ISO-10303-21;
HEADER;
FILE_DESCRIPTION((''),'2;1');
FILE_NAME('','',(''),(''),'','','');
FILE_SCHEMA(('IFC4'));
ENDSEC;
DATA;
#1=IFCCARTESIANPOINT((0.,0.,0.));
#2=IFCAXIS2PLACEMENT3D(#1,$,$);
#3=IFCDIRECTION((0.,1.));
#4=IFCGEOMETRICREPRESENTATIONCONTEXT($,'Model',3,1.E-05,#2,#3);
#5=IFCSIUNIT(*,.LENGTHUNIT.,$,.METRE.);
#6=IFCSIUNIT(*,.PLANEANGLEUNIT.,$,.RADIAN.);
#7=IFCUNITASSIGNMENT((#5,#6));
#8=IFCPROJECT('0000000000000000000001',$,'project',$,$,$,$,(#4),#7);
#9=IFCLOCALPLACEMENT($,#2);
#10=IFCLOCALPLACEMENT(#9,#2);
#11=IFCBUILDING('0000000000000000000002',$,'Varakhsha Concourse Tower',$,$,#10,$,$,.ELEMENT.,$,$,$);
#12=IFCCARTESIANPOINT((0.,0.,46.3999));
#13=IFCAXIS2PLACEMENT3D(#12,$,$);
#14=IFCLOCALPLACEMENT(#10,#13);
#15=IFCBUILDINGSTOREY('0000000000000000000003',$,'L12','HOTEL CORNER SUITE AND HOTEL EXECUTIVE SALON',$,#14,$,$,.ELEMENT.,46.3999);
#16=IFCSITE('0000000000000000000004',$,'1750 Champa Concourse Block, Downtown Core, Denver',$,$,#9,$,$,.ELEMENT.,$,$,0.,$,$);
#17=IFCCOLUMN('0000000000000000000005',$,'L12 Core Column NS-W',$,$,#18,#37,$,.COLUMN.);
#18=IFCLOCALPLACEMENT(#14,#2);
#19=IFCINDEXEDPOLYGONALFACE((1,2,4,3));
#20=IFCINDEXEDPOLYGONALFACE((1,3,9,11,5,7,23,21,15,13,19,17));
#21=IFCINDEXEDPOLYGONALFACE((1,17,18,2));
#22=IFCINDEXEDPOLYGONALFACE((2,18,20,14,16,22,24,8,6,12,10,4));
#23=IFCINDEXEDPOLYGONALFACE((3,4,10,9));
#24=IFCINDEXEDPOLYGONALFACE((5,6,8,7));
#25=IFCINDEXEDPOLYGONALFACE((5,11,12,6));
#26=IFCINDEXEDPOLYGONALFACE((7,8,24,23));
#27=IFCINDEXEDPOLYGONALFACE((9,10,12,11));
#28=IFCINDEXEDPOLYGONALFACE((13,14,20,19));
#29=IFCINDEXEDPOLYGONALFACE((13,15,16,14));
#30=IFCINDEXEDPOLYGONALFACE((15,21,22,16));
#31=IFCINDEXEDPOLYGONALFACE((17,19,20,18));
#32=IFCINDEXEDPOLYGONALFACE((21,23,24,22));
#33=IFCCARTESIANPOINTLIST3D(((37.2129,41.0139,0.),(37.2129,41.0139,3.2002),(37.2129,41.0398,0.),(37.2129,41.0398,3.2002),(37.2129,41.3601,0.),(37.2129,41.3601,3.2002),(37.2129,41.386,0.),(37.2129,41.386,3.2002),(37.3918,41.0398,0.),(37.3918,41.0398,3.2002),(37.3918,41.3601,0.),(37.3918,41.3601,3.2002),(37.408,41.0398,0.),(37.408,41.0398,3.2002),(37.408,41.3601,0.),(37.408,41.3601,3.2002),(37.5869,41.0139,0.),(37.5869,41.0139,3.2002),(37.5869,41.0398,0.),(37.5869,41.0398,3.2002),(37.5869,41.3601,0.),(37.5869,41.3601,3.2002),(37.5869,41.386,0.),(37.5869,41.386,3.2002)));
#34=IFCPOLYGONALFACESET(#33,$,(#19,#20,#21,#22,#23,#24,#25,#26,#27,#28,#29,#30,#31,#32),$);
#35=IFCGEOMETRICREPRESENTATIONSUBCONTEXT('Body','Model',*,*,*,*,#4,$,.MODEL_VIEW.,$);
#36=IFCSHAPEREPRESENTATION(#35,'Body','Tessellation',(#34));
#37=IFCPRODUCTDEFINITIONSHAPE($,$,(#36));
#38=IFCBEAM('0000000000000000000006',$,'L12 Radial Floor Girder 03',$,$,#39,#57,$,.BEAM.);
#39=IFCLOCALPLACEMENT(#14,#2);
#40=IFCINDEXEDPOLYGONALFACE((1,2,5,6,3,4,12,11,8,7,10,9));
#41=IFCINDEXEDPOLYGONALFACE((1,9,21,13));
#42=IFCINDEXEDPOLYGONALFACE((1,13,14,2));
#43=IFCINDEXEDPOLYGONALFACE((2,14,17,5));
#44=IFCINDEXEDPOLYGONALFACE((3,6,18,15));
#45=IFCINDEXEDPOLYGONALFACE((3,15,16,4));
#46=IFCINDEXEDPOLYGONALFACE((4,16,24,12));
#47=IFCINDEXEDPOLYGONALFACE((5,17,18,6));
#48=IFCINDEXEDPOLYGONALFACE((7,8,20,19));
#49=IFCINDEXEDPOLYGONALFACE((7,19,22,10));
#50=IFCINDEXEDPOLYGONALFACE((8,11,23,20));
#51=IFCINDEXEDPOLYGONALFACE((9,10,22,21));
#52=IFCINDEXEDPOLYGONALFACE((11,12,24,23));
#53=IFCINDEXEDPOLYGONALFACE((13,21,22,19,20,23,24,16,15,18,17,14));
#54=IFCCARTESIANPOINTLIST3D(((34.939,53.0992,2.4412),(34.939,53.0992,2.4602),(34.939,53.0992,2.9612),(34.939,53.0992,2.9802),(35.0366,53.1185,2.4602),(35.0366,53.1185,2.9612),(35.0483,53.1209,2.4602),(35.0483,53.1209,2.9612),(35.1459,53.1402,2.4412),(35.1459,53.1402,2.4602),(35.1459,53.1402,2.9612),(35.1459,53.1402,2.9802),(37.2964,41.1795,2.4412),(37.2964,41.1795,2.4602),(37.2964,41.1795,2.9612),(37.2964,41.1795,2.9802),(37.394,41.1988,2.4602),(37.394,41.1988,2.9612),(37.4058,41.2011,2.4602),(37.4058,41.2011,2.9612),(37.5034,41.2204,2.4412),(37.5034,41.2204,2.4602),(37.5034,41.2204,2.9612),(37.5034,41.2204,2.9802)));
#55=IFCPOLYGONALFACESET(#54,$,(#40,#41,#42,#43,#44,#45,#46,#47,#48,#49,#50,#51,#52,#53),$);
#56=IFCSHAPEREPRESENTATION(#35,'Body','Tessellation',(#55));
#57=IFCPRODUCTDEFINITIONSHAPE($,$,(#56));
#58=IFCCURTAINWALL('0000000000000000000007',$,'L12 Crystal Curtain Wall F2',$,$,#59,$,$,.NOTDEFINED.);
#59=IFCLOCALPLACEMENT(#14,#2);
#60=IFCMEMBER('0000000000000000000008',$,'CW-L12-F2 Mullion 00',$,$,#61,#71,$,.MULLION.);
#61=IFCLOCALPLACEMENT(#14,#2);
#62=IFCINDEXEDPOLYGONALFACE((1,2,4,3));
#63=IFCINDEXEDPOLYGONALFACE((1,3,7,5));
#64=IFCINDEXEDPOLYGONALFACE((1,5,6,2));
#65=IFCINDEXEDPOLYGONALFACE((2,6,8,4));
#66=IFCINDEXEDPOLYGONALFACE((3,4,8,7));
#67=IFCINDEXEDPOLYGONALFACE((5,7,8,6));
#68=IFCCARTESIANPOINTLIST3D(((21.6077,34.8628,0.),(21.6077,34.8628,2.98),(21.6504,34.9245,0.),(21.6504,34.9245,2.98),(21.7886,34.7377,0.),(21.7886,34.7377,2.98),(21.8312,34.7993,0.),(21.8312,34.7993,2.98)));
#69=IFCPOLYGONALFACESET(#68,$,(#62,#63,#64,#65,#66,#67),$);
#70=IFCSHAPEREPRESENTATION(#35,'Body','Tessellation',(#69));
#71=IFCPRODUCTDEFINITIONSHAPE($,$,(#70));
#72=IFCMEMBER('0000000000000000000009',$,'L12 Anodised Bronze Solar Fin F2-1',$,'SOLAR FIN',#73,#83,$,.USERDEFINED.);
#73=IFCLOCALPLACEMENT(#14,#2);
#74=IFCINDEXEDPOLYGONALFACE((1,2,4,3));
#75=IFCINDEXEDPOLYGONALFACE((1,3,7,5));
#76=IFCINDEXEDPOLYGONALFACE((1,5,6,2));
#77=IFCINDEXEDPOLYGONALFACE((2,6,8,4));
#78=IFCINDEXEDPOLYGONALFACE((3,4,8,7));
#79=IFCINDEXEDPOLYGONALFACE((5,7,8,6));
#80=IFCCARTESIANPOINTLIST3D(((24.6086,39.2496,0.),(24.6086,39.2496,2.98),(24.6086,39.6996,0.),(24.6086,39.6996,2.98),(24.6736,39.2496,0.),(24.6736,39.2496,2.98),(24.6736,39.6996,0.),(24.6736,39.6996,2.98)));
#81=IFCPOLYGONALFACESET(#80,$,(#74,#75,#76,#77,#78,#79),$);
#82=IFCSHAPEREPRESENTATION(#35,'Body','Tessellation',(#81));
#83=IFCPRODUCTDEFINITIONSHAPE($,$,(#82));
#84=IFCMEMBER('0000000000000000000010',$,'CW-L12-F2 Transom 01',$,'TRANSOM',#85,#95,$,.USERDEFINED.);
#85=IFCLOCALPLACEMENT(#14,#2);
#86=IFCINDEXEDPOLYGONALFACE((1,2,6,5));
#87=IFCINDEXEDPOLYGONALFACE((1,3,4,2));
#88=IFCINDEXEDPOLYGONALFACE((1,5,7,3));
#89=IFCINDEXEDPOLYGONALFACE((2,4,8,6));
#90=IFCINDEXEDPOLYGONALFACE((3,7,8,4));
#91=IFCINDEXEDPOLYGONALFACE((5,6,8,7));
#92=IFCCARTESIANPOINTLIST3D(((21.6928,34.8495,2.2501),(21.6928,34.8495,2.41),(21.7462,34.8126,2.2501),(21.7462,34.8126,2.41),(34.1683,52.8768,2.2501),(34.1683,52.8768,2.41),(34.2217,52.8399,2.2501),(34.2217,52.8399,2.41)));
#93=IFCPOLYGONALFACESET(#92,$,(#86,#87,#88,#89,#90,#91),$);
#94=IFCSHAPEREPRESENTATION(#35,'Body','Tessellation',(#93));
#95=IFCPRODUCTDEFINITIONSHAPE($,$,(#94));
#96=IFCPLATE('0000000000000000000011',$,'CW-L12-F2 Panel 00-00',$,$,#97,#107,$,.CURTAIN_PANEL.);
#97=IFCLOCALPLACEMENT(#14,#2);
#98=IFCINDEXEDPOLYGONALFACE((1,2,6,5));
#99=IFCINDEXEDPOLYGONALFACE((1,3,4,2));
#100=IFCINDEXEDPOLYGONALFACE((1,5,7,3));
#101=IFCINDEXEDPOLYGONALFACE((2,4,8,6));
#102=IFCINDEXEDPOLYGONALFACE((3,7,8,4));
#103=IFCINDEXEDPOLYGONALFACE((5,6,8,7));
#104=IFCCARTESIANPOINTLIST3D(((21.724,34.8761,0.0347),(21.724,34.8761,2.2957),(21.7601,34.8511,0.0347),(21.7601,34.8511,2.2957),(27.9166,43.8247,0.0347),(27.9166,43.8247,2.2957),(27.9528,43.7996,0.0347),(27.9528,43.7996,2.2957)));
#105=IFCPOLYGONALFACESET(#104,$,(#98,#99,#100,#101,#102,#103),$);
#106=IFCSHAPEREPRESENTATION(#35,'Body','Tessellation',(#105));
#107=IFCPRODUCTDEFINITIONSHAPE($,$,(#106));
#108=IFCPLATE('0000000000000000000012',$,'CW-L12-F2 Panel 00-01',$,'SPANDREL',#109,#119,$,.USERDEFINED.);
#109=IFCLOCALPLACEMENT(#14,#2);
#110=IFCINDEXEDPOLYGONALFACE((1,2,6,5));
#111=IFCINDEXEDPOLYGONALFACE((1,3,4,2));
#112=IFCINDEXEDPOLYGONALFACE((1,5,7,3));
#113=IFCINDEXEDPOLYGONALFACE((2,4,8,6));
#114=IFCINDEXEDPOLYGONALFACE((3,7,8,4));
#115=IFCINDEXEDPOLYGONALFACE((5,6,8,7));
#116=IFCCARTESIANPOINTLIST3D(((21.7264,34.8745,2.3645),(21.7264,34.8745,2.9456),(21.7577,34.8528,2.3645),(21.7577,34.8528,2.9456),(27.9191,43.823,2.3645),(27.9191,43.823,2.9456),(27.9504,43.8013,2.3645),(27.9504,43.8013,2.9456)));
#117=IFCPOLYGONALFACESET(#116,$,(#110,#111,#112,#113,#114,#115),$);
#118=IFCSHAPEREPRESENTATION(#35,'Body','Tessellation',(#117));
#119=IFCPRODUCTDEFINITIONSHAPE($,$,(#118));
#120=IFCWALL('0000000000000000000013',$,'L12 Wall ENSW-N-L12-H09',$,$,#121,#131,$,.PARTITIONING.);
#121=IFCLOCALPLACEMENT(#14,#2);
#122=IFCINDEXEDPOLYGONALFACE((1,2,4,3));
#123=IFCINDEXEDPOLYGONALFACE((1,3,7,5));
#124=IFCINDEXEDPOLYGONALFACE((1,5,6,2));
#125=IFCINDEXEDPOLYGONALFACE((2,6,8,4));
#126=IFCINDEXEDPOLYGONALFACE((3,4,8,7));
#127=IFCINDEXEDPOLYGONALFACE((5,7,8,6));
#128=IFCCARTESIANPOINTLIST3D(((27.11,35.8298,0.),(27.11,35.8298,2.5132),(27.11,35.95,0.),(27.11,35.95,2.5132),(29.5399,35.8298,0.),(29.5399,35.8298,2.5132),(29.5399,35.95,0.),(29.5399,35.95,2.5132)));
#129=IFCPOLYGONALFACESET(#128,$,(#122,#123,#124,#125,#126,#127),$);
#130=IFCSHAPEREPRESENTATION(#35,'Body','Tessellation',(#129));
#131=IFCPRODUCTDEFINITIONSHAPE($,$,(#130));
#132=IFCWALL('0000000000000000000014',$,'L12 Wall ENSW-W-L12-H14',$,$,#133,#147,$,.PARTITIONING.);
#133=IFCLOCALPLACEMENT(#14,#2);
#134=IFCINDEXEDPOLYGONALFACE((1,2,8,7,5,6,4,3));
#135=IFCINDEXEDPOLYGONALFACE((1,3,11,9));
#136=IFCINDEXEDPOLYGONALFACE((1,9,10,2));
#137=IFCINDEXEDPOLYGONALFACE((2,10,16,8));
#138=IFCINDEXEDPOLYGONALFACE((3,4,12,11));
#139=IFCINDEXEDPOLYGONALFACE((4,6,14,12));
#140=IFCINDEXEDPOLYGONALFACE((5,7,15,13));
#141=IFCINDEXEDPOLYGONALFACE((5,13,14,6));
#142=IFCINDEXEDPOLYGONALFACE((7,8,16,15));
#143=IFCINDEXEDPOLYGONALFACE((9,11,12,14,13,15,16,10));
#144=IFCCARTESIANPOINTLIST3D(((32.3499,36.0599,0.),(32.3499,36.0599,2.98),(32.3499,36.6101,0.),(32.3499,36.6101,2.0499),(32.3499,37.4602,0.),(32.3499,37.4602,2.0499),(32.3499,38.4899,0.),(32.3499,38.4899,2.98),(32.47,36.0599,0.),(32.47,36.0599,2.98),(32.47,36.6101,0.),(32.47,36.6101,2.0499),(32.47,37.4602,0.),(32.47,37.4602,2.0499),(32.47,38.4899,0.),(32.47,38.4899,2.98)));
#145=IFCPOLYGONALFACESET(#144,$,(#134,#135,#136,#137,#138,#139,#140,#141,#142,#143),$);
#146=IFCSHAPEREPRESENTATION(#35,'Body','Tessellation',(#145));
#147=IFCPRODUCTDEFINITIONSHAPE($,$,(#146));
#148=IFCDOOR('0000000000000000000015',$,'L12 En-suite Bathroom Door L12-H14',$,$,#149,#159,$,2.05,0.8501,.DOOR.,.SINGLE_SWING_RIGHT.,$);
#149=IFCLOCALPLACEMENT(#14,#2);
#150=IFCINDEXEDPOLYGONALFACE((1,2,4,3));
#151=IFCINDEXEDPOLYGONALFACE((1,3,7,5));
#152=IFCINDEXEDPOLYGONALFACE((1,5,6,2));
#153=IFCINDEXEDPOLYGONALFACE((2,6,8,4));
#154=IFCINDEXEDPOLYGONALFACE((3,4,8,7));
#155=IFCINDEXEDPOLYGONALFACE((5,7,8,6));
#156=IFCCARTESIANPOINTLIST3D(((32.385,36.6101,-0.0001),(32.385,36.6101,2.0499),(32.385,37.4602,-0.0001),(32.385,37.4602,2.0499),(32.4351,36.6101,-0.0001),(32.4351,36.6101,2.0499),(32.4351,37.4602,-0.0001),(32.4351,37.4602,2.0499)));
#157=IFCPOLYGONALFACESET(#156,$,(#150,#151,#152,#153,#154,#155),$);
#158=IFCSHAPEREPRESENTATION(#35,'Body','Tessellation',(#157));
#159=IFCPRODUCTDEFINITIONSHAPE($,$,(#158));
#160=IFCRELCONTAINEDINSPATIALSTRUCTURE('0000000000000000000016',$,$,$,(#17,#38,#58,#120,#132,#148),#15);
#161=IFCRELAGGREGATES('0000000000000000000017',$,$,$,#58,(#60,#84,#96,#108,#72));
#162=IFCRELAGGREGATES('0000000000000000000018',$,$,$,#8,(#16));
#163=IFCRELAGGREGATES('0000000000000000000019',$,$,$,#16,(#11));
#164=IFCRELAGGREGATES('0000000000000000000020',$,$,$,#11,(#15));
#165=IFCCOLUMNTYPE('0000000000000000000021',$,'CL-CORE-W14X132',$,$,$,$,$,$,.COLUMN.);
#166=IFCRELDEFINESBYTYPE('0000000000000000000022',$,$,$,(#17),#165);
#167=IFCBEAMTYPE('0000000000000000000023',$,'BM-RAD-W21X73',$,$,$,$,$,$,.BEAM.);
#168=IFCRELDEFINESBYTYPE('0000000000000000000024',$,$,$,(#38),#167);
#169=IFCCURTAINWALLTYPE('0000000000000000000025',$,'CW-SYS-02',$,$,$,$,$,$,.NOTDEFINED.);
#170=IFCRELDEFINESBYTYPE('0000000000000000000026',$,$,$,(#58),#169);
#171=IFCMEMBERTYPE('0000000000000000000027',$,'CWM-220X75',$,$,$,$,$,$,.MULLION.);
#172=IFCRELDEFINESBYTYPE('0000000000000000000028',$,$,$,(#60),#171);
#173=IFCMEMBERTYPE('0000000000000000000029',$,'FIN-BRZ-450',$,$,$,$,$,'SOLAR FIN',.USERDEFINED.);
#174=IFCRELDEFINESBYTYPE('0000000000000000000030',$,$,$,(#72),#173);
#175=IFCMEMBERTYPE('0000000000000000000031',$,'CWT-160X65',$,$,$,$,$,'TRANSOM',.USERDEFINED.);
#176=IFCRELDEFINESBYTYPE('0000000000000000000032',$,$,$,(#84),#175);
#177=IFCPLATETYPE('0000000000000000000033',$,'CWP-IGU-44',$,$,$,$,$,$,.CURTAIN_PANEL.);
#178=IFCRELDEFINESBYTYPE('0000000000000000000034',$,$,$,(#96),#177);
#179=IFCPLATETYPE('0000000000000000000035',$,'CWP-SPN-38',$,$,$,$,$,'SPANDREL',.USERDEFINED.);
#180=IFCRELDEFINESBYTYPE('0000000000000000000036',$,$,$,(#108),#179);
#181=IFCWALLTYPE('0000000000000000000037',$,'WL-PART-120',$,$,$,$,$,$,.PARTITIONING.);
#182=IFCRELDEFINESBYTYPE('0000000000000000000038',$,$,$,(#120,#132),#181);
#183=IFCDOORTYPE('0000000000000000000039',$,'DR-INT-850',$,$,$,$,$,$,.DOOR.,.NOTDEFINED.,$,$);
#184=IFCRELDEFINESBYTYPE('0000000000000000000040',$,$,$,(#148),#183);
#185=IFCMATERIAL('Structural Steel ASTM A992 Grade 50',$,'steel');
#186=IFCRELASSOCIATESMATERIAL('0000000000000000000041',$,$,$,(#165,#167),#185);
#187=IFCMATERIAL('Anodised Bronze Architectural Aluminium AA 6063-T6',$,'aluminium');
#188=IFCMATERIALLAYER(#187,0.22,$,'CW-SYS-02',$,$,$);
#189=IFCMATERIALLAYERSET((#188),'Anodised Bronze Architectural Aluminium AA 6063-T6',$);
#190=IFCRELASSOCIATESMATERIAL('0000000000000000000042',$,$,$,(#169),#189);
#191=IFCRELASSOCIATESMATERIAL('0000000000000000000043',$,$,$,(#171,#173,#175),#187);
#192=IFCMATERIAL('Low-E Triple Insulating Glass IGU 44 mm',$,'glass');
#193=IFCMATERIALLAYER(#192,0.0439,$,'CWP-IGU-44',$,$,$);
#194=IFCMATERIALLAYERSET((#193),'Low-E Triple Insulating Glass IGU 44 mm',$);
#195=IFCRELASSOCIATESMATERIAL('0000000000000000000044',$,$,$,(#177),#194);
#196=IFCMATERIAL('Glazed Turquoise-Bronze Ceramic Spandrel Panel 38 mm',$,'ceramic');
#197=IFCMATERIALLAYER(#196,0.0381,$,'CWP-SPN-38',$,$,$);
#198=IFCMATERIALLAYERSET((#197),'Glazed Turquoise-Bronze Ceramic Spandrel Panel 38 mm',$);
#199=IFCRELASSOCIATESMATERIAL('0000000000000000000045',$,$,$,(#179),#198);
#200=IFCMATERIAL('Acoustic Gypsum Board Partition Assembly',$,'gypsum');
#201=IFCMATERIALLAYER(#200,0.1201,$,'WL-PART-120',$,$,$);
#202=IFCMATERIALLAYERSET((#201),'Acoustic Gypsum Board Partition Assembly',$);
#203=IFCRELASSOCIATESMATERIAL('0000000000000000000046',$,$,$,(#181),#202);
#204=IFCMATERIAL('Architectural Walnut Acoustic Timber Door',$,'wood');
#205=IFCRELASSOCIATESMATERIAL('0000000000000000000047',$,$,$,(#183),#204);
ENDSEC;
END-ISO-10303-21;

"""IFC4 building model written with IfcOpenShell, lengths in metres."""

from ifc_helpers import new_model, si_unit, direction, frame, frame_2d, origin, origin_2d, place, context, subcontext, project, spatial, rectangle, i_section, extrude, source, transform, mapped, material, layer, layer_set, material_profile, profile_set, type_object, type_shapes, element, fill, aggregate, save


model = new_model("IFC4")

# Units and contexts
model_context = context("Model", 3, precision=1e-05, world=origin(), true_north=direction((0.0, 1.0)))
body_context = subcontext(model_context, "Body", "Model", "MODEL_VIEW")
ifc_project = project(units=[si_unit("LENGTHUNIT", "METRE"), si_unit("PLANEANGLEUNIT", "RADIAN")], contexts=[model_context])

# Site, building, storey
site_placement = place(None, origin())
site = spatial("IfcSite", under=ifc_project, at=site_placement, Name="1750 Champa Concourse Block, Downtown Core, Denver", CompositionType="ELEMENT", RefElevation=0.0)
building_placement = place(site_placement, origin())
building = spatial("IfcBuilding", under=site, at=building_placement, Name="Varakhsha Concourse Tower", CompositionType="ELEMENT")
storey_placement = place(building_placement, frame((0.0, 0.0, 46.3999)))
storey = spatial("IfcBuildingStorey", under=building, at=storey_placement, Name="L12", Description="HOTEL CORNER SUITE AND HOTEL EXECUTIVE SALON", CompositionType="ELEMENT", Elevation=46.3999)

# Column
ifc_material_1 = material(Name="Structural Steel ASTM A992 Grade 50", Category="steel")
ifc_material_profile_1 = material_profile(ifc_material_1, i_section(OverallWidth=0.374, OverallDepth=0.3721, WebThickness=0.0161, FlangeThickness=0.0259, at=origin_2d()), Name="W14X132")
ifc_profile_set_1 = profile_set([ifc_material_profile_1], Name="Structural Steel ASTM A992 Grade 50")
column_type = type_object("IfcColumnType", Name="CL-CORE-W14X132", PredefinedType="COLUMN", material=ifc_profile_set_1)
column_placement = place(storey_placement, frame((37.3999, 41.2, 0.0), z_axis=(0.0, 0.0, 1.0), x_axis=(1.0, 0.0, 0.0)))
element("IfcColumn", 1, at=column_placement, inside=storey, type_object=column_type, Name="L12 Core Column NS-W", PredefinedType="COLUMN", context=body_context, shape_type="SweptSolid", body=[
    extrude(i_section(OverallWidth=0.374, OverallDepth=0.3721, WebThickness=0.0161, FlangeThickness=0.0259, at=origin_2d()), origin(), (0.0, 0.0, 1.0), 3.2002),
])

# Beam
ifc_material_profile_2 = material_profile(ifc_material_1, i_section(OverallWidth=0.2109, OverallDepth=0.5391, WebThickness=0.012, FlangeThickness=0.019, at=origin_2d()), Name="W21X73")
ifc_profile_set_2 = profile_set([ifc_material_profile_2], Name="Structural Steel ASTM A992 Grade 50")
beam_type = type_object("IfcBeamType", Name="BM-RAD-W21X73", PredefinedType="BEAM", material=ifc_profile_set_2)
beam_placement = place(storey_placement, frame((37.3999, 41.2, 2.7107), z_axis=(-0.194018, 0.980998, 0.0), x_axis=(-0.980998, -0.194018, 0.0)))
element("IfcBeam", 2, at=beam_placement, inside=storey, type_object=beam_type, Name="L12 Radial Floor Girder 03", PredefinedType="BEAM", context=body_context, shape_type="SweptSolid", body=[
    extrude(i_section(OverallWidth=0.2109, OverallDepth=0.5391, WebThickness=0.012, FlangeThickness=0.019, at=origin_2d()), origin(), (0.0, 0.0, 1.0), 12.1506),
])

# Curtain wall, members, plates
ifc_material_2 = material(Name="Anodised Bronze Architectural Aluminium AA 6063-T6", Category="aluminium")
ifc_layer_1 = layer(ifc_material_2, 0.22, Name="CW-SYS-02")
ifc_layer_set_1 = layer_set([ifc_layer_1], Name="Anodised Bronze Architectural Aluminium AA 6063-T6")
curtain_wall_type = type_object("IfcCurtainWallType", Name="CW-SYS-02", PredefinedType="NOTDEFINED", material=ifc_layer_set_1)
curtain_wall_placement = place(storey_placement, origin())
curtain_wall = element("IfcCurtainWall", 3, at=curtain_wall_placement, inside=storey, type_object=curtain_wall_type, Name="L12 Crystal Curtain Wall F2", PredefinedType="NOTDEFINED")
ifc_material_profile_3 = material_profile(ifc_material_2, rectangle(XDim=0.075, YDim=0.22, at=origin_2d()), Name="CWM-220X75")
ifc_profile_set_3 = profile_set([ifc_material_profile_3], Name="Anodised Bronze Architectural Aluminium AA 6063-T6")
member_type_1 = type_object("IfcMemberType", Name="CWM-220X75", PredefinedType="MULLION", material=ifc_profile_set_3)
shared_shape_1 = source(origin(), body_context, "Body", "SweptSolid", [
    extrude(rectangle(XDim=0.075, YDim=0.22, at=origin_2d()), origin(), (0.0, 0.0, 1.0), 2.98),
])
type_shapes(member_type_1, [shared_shape_1])
member_1_placement = place(storey_placement, frame((21.7195, 34.8311, 0.0), z_axis=(0.0, 0.0, 1.0), x_axis=(0.569057, 0.822298, 0.0)))
member_1 = element("IfcMember", 4, at=member_1_placement, type_object=member_type_1, Name="CW-L12-F2 Mullion 00", PredefinedType="MULLION", context=body_context, shape_type="MappedRepresentation", body=[
    mapped(shared_shape_1, transform((0.0, 0.0, 0.0), scale=1.0)),
])
ifc_material_profile_4 = material_profile(ifc_material_2, rectangle(XDim=0.0649, YDim=0.45, at=origin_2d()), Name="FIN-BRZ-450")
ifc_profile_set_4 = profile_set([ifc_material_profile_4], Name="Anodised Bronze Architectural Aluminium AA 6063-T6")
member_type_2 = type_object("IfcMemberType", Name="FIN-BRZ-450", ElementType="SOLAR FIN", PredefinedType="USERDEFINED", material=ifc_profile_set_4)
shared_shape_2 = source(origin(), body_context, "Body", "SweptSolid", [
    extrude(rectangle(XDim=0.0649, YDim=0.45, at=origin_2d()), origin(), (0.0, 0.0, 1.0), 2.98),
])
type_shapes(member_type_2, [shared_shape_2])
member_2_placement = place(storey_placement, frame((24.6411, 39.4746, 0.0), z_axis=(0.0, 0.0, 1.0), x_axis=(1.0, 0.0, 0.0)))
member_2 = element("IfcMember", 5, at=member_2_placement, type_object=member_type_2, Name="L12 Anodised Bronze Solar Fin F2-1", ObjectType="SOLAR FIN", PredefinedType="USERDEFINED", context=body_context, shape_type="MappedRepresentation", body=[
    mapped(shared_shape_2, transform((0.0, 0.0, 0.0), scale=1.0)),
])
ifc_material_profile_5 = material_profile(ifc_material_2, rectangle(XDim=0.0649, YDim=0.1599, at=origin_2d()), Name="CWT-160X65")
ifc_profile_set_5 = profile_set([ifc_material_profile_5], Name="Anodised Bronze Architectural Aluminium AA 6063-T6")
member_type_3 = type_object("IfcMemberType", Name="CWT-160X65", ElementType="TRANSOM", PredefinedType="USERDEFINED", material=ifc_profile_set_5)
shared_shape_3 = source(origin(), body_context, "Body", "SweptSolid", [
    extrude(rectangle(XDim=0.0649, YDim=0.1599, at=origin_2d()), origin(), (0.0, 0.0, 1.0), 21.9231),
])
type_shapes(member_type_3, [shared_shape_3])
member_3_placement = place(storey_placement, frame((21.7195, 34.8311, 2.3301), z_axis=(0.569059, 0.822296, 0.0), x_axis=(-0.822296, 0.569059, 0.0)))
member_3 = element("IfcMember", 6, at=member_3_placement, type_object=member_type_3, Name="CW-L12-F2 Transom 01", ObjectType="TRANSOM", PredefinedType="USERDEFINED", context=body_context, shape_type="MappedRepresentation", body=[
    mapped(shared_shape_3, transform((0.0, 0.0, 0.0), scale=1.0)),
])
ifc_material_3 = material(Name="Low-E Triple Insulating Glass IGU 44 mm", Category="glass")
ifc_layer_2 = layer(ifc_material_3, 0.0439, Name="CWP-IGU-44")
ifc_layer_set_2 = layer_set([ifc_layer_2], Name="Low-E Triple Insulating Glass IGU 44 mm")
plate_type_1 = type_object("IfcPlateType", Name="CWP-IGU-44", PredefinedType="CURTAIN_PANEL", material=ifc_layer_set_2)
shared_shape_4 = source(origin(), body_context, "Body", "SweptSolid", [
    extrude(rectangle(XDim=10.8823, YDim=0.0439, at=origin_2d()), origin(), (0.0, 0.0, 1.0), 2.261),
])
type_shapes(plate_type_1, [shared_shape_4])
plate_1_placement = place(storey_placement, frame((24.8384, 39.3379, 0.0347), z_axis=(0.0, 0.0, 1.0), x_axis=(0.569057, 0.822298, 0.0)))
plate_1 = element("IfcPlate", 7, at=plate_1_placement, type_object=plate_type_1, Name="CW-L12-F2 Panel 00-00", PredefinedType="CURTAIN_PANEL", context=body_context, shape_type="MappedRepresentation", body=[
    mapped(shared_shape_4, transform((0.0, 0.0, 0.0), scale=1.0)),
])
ifc_material_4 = material(Name="Glazed Turquoise-Bronze Ceramic Spandrel Panel 38 mm", Category="ceramic")
ifc_layer_3 = layer(ifc_material_4, 0.0381, Name="CWP-SPN-38")
ifc_layer_set_3 = layer_set([ifc_layer_3], Name="Glazed Turquoise-Bronze Ceramic Spandrel Panel 38 mm")
plate_type_2 = type_object("IfcPlateType", Name="CWP-SPN-38", ElementType="SPANDREL", PredefinedType="USERDEFINED", material=ifc_layer_set_3)
shared_shape_5 = source(origin(), body_context, "Body", "SweptSolid", [
    extrude(rectangle(XDim=10.8823, YDim=0.0381, at=origin_2d()), origin(), (0.0, 0.0, 1.0), 0.5811),
])
type_shapes(plate_type_2, [shared_shape_5])
plate_2_placement = place(storey_placement, frame((24.8384, 39.3379, 2.3645), z_axis=(0.0, 0.0, 1.0), x_axis=(0.569057, 0.822298, 0.0)))
plate_2 = element("IfcPlate", 8, at=plate_2_placement, type_object=plate_type_2, Name="CW-L12-F2 Panel 00-01", ObjectType="SPANDREL", PredefinedType="USERDEFINED", context=body_context, shape_type="MappedRepresentation", body=[
    mapped(shared_shape_5, transform((0.0, 0.0, 0.0), scale=1.0)),
])
aggregate(curtain_wall, [member_1, member_3, plate_1, plate_2, member_2])

# Wall
ifc_material_5 = material(Name="Acoustic Gypsum Board Partition Assembly", Category="gypsum")
ifc_layer_4 = layer(ifc_material_5, 0.1201, Name="WL-PART-120")
ifc_layer_set_4 = layer_set([ifc_layer_4], Name="Acoustic Gypsum Board Partition Assembly")
wall_type_1 = type_object("IfcWallType", Name="WL-PART-120", PredefinedType="PARTITIONING", material=ifc_layer_set_4)
wall_1_placement = place(storey_placement, frame((27.1101, 35.8899, 0.0), z_axis=(0.0, 0.0, 1.0), x_axis=(1.0, 0.0, 0.0)))
element("IfcWall", 9, at=wall_1_placement, inside=storey, type_object=wall_type_1, Name="L12 Wall ENSW-N-L12-H09", PredefinedType="PARTITIONING", context=body_context, shape_type="SweptSolid", body=[
    extrude(rectangle(XDim=2.4299, YDim=0.1201, at=frame_2d((1.2148, 0.0))), origin(), (0.0, 0.0, 1.0), 2.5132),
])

# Wall, opening, door
wall_2_placement = place(storey_placement, frame((32.4099, 36.0601, 0.0), z_axis=(0.0, 0.0, 1.0), x_axis=(0.0, 1.0, 0.0)))
wall_2 = element("IfcWall", 10, at=wall_2_placement, inside=storey, type_object=wall_type_1, Name="L12 Wall ENSW-W-L12-H14", PredefinedType="PARTITIONING", context=body_context, shape_type="SweptSolid", body=[
    extrude(rectangle(XDim=2.4299, YDim=0.1201, at=frame_2d((1.2148, 0.0))), origin(), (0.0, 0.0, 1.0), 2.98),
])
opening_1_placement = place(wall_2_placement, frame((0.55, 0.0, 0.0)))
opening_1 = element("IfcOpeningElement", 11, at=opening_1_placement, cuts=wall_2, PredefinedType="OPENING", context=body_context, shape_type="SweptSolid", body=[
    extrude(rectangle(XDim=0.8501, YDim=2.05, at=frame_2d((0.425, 1.0249))), frame((0.0, 0.0701, 0.0), z_axis=(0.0, -1.0, 0.0), x_axis=(1.0, 0.0, 0.0)), (0.0, 0.0, 1.0), 0.1401),
])
ifc_material_6 = material(Name="Architectural Walnut Acoustic Timber Door", Category="wood")
door_type_1 = type_object("IfcDoorType", Name="DR-INT-850", OperationType="NOTDEFINED", PredefinedType="DOOR", material=ifc_material_6)
door_1_placement = place(opening_1_placement, origin())
door_1 = element("IfcDoor", 12, at=door_1_placement, inside=storey, type_object=door_type_1, Name="L12 En-suite Bathroom Door L12-H14", OperationType="SINGLE_SWING_RIGHT", OverallHeight=2.05, OverallWidth=0.8501, PredefinedType="DOOR", context=body_context, shape_type="SweptSolid", body=[
    extrude(rectangle(XDim=0.8501, YDim=2.05, at=frame_2d((0.425, 1.0249))), frame((0.0, 0.0249, 0.0), z_axis=(0.0, -1.0, 0.0), x_axis=(1.0, 0.0, 0.0)), (0.0, 0.0, 1.0), 0.05),
])
fill(opening_1, door_1)

save(model, "model.ifc")
